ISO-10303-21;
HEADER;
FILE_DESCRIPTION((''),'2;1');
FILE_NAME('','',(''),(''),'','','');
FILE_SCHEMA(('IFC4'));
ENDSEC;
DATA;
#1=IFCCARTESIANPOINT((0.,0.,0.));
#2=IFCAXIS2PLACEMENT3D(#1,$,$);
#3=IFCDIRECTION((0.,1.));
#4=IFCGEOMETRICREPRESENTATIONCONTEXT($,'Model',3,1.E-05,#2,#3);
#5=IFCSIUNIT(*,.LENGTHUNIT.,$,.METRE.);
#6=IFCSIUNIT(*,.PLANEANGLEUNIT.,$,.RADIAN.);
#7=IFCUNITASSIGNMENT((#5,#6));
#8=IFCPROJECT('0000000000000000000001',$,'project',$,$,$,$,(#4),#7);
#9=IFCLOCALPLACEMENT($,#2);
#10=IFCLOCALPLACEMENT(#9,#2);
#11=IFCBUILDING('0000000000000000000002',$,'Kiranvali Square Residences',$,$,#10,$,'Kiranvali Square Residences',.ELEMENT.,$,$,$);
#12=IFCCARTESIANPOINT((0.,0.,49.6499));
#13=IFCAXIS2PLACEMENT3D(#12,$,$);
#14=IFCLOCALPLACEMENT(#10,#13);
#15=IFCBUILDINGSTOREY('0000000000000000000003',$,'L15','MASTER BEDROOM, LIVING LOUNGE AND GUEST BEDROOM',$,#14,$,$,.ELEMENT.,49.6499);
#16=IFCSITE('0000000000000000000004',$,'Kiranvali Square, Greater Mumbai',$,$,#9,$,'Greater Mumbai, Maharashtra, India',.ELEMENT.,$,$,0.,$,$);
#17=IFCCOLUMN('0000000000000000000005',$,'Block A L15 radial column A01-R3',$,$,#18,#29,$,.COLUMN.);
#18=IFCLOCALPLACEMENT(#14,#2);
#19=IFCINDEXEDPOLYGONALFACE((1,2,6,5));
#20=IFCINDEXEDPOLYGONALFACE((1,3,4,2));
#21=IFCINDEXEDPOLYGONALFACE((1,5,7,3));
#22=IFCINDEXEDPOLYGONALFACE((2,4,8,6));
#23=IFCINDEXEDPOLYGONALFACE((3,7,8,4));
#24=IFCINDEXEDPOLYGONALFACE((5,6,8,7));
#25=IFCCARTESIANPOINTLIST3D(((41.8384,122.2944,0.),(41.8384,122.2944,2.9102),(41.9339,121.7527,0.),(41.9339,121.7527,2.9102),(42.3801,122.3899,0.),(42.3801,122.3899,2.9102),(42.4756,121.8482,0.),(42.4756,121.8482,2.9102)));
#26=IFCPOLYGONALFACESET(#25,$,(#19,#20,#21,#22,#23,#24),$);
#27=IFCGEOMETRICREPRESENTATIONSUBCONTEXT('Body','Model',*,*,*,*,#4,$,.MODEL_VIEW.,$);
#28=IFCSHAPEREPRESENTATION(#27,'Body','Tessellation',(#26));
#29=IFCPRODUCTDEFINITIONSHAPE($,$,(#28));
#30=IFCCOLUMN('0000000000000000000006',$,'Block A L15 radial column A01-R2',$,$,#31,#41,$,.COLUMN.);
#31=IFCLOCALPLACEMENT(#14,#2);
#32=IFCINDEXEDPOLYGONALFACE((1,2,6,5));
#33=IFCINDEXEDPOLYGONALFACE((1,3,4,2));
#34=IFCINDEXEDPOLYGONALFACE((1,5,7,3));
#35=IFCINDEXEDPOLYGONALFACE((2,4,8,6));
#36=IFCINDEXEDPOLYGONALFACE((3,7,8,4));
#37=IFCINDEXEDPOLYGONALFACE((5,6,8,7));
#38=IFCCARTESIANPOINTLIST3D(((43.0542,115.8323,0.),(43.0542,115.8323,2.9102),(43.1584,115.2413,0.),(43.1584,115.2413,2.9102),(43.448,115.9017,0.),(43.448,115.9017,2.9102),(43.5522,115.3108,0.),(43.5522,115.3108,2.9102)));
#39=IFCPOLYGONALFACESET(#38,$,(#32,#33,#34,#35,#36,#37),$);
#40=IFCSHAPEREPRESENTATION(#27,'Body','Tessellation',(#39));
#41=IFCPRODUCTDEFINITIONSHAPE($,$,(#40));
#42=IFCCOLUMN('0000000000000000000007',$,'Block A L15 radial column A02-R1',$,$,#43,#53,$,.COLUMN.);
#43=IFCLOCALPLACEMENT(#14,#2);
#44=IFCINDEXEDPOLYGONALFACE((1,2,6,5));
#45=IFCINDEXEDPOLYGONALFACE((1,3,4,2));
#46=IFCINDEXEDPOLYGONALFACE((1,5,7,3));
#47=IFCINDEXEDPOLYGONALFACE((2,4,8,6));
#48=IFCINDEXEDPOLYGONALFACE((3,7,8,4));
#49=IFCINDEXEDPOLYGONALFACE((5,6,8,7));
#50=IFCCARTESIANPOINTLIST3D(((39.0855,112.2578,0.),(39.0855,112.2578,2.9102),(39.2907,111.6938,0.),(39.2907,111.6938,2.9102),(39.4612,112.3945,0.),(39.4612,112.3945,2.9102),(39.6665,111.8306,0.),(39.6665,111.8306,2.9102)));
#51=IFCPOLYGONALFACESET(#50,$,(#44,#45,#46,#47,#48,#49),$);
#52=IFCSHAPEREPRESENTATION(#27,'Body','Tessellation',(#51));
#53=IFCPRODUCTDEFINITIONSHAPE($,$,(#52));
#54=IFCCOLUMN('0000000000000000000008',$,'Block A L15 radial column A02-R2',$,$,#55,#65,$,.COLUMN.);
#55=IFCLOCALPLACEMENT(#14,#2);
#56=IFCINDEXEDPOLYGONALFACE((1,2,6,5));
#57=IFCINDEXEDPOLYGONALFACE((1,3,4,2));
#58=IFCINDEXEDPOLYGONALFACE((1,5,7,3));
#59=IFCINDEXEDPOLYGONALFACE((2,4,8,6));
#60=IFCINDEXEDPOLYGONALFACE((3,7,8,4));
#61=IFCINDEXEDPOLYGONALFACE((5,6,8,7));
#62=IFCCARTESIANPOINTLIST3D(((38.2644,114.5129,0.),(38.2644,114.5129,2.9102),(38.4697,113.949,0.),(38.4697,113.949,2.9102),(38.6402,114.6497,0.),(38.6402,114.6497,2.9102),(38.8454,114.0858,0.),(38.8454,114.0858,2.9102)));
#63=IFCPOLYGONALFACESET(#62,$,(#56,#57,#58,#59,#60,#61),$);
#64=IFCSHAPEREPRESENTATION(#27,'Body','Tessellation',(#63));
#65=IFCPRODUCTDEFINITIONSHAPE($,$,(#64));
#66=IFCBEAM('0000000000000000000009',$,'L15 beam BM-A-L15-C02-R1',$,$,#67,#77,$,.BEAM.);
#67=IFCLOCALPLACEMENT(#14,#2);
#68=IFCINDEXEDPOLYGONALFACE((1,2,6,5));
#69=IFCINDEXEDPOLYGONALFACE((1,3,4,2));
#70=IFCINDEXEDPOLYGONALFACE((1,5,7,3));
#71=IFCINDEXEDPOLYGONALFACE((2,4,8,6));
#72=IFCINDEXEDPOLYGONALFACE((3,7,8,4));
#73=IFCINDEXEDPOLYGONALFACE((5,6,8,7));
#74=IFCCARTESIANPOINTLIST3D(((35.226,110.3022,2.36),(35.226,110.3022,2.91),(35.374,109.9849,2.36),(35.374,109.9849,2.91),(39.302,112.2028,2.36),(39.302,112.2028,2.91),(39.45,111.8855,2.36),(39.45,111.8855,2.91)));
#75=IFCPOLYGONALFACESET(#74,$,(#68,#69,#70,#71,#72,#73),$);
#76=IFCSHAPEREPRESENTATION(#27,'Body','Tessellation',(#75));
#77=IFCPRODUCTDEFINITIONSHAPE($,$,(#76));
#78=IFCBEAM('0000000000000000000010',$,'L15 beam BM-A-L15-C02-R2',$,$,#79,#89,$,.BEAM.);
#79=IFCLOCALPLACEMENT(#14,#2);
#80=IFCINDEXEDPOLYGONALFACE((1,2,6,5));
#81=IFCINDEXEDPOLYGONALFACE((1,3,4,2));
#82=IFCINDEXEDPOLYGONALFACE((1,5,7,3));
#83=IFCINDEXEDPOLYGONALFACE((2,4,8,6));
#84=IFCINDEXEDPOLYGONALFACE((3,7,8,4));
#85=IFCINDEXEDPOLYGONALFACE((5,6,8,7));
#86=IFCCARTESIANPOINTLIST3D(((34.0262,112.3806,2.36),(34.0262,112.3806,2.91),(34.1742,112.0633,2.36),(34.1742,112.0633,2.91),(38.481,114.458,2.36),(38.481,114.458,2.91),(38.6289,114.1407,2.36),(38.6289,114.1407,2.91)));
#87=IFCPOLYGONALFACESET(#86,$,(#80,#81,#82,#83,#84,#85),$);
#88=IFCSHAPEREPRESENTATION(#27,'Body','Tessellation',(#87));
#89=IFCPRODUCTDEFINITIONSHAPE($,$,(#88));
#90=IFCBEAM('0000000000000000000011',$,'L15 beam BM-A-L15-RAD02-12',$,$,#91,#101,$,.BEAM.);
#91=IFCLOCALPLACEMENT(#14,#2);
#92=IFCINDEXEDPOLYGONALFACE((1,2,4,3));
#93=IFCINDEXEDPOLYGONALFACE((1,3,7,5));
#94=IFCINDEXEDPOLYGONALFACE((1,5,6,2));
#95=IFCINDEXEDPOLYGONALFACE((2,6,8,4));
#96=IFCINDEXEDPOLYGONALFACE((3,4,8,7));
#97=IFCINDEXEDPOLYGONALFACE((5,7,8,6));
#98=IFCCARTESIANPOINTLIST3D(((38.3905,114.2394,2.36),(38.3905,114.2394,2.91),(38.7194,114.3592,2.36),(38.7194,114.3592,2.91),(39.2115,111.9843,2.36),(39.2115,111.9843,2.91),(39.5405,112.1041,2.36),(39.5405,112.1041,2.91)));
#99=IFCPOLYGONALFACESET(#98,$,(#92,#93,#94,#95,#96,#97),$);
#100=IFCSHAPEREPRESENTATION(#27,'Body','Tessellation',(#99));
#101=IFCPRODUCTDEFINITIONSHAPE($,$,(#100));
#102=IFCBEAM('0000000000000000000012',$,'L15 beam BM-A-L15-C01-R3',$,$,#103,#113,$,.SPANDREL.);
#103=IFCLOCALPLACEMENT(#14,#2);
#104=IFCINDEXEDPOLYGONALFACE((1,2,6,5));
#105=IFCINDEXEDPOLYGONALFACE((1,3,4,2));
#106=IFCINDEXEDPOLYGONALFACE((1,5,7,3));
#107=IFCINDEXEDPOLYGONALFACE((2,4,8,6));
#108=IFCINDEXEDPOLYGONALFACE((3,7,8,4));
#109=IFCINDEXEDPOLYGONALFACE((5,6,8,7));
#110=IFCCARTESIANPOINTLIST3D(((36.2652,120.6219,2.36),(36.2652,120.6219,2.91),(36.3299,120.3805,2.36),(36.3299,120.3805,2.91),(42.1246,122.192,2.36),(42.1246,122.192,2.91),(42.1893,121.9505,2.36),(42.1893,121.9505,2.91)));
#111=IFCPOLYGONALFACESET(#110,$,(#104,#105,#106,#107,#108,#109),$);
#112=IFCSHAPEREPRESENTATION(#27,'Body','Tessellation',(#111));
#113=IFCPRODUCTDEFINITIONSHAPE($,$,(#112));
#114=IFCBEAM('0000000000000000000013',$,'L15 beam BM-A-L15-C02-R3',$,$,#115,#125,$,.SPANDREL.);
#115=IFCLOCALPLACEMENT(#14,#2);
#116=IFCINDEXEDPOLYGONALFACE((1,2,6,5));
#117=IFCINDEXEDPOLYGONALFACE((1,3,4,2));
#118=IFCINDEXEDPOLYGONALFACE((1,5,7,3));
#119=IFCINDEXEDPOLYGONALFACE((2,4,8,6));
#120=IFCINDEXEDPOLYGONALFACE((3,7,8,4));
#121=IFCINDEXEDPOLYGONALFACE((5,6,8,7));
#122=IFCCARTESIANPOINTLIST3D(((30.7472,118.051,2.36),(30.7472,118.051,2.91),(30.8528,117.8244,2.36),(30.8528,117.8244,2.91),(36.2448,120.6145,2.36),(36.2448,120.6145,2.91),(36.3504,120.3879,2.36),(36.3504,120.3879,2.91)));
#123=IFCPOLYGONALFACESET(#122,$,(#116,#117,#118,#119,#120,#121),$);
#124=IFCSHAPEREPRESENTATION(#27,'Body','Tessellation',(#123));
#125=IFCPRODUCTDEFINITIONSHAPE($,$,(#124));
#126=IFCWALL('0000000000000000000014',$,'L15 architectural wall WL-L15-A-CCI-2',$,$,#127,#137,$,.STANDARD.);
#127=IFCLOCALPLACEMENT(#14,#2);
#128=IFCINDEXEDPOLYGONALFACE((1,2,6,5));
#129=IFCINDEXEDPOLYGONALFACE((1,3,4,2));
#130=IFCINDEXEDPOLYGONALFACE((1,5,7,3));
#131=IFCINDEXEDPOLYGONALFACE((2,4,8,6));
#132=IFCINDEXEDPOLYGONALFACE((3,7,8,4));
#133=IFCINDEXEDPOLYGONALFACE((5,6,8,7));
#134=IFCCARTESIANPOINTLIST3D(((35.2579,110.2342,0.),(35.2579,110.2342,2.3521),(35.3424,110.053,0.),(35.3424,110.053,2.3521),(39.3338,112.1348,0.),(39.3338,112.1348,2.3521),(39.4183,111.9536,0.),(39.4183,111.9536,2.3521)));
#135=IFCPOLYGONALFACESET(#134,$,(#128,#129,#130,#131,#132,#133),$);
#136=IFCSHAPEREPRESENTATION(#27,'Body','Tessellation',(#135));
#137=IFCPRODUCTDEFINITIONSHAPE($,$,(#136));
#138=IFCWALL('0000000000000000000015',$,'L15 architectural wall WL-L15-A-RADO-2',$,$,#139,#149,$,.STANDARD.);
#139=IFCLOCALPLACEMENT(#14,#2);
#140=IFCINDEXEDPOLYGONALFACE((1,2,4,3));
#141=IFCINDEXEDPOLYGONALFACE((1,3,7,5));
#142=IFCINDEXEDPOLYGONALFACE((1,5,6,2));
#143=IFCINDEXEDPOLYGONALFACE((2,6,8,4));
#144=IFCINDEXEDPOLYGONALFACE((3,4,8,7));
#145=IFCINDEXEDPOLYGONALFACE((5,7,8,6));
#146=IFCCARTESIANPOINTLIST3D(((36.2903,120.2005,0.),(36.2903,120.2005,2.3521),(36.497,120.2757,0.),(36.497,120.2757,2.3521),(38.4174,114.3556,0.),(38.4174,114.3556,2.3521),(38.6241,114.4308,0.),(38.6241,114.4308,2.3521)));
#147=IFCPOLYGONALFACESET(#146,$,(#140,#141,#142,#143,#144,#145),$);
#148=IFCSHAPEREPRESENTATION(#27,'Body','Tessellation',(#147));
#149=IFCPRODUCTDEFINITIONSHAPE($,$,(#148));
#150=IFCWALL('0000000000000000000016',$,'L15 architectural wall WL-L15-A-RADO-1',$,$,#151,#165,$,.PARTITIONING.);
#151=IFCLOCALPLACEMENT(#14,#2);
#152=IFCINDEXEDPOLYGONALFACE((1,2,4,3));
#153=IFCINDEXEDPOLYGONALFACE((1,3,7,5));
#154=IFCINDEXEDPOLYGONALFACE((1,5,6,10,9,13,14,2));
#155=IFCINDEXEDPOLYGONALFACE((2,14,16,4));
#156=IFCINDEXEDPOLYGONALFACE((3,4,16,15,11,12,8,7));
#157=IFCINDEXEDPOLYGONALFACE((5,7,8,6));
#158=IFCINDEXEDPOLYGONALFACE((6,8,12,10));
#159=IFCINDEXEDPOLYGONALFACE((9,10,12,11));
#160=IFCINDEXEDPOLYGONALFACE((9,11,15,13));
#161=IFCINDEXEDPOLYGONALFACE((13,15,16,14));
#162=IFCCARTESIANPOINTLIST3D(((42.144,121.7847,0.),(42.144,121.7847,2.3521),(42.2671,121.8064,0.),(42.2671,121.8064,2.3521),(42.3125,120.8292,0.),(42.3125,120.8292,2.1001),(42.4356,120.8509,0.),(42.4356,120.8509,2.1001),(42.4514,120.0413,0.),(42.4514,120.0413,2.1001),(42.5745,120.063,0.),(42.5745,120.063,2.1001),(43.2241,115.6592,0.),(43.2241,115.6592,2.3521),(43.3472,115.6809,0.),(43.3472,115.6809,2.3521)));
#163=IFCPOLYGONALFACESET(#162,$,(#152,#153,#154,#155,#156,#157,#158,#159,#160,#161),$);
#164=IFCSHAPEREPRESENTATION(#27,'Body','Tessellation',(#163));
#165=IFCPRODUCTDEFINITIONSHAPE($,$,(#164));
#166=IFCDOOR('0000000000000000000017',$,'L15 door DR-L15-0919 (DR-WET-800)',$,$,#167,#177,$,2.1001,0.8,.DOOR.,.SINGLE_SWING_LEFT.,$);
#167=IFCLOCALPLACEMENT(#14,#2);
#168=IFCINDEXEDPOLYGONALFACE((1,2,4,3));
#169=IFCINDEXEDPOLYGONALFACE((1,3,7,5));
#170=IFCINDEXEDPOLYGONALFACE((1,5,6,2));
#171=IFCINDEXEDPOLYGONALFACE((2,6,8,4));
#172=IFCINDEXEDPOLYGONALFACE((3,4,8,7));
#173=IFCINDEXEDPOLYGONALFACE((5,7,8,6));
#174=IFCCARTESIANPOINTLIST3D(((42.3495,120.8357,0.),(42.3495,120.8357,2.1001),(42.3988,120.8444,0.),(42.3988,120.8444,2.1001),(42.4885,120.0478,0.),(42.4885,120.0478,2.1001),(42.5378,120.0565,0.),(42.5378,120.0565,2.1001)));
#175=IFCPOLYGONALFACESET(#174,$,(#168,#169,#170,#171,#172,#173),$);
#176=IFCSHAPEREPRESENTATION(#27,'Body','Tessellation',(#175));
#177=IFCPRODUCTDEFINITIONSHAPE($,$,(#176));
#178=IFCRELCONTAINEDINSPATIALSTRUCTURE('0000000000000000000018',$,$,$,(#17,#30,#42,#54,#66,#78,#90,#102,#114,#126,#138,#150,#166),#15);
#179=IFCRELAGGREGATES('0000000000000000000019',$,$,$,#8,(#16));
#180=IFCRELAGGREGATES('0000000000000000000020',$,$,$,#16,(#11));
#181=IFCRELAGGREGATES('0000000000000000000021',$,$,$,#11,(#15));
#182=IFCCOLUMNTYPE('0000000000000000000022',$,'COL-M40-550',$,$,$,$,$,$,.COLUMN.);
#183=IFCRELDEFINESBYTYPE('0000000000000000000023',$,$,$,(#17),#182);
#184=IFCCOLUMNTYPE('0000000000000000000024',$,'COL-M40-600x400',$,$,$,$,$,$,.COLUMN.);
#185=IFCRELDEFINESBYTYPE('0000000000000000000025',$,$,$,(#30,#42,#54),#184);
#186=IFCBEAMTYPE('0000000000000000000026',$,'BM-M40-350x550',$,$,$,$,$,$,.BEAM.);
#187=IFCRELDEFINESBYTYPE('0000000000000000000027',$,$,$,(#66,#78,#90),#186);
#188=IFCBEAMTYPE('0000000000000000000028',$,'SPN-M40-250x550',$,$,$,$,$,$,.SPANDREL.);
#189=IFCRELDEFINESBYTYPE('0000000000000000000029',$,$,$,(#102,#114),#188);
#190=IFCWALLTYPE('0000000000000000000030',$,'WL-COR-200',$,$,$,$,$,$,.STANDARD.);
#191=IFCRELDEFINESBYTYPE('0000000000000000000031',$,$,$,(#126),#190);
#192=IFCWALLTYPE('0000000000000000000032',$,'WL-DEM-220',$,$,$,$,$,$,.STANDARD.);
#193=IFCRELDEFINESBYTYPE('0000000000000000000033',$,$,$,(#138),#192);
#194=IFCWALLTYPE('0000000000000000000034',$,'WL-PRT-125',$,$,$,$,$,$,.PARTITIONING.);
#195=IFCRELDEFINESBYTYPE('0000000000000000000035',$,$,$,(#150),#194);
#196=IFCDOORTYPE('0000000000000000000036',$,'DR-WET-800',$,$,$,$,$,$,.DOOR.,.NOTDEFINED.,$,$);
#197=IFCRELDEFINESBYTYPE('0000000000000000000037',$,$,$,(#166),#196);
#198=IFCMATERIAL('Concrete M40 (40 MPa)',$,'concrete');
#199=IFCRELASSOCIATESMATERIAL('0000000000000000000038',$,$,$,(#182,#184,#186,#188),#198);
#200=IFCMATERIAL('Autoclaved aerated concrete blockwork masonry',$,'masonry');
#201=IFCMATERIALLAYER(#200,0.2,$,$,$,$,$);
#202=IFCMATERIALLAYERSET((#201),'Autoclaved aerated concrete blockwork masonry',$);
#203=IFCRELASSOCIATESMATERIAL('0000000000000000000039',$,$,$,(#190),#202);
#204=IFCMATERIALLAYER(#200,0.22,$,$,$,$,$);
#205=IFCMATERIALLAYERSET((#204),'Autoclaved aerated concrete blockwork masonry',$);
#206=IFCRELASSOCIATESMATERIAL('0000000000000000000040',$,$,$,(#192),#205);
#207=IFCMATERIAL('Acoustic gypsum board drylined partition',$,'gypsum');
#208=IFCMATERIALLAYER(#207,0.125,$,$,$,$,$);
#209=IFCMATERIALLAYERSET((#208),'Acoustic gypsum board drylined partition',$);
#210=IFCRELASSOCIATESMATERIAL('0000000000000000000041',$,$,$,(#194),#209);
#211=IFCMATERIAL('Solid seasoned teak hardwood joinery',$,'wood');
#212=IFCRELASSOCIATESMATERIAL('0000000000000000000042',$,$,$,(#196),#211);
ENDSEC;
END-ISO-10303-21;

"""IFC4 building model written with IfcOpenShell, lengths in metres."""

from ifc_helpers import new_model, si_unit, direction, frame, frame_2d, origin, origin_2d, place, context, subcontext, project, spatial, rectangle, extrude, material, layer, layer_set, material_profile, profile_set, type_object, element, fill, save


model = new_model("IFC4")

# Units and contexts
model_context = context("Model", 3, precision=1e-05, world=origin(), true_north=direction((0.0, 1.0)))
body_context = subcontext(model_context, "Body", "Model", "MODEL_VIEW")
ifc_project = project(units=[si_unit("LENGTHUNIT", "METRE"), si_unit("PLANEANGLEUNIT", "RADIAN")], contexts=[model_context])

# Site, building, storey
site_placement = place(None, origin())
site = spatial("IfcSite", under=ifc_project, at=site_placement, Name="Kiranvali Square, Greater Mumbai", LongName="Greater Mumbai, Maharashtra, India", CompositionType="ELEMENT", RefElevation=0.0)
building_placement = place(site_placement, origin())
building = spatial("IfcBuilding", under=site, at=building_placement, Name="Kiranvali Square Residences", LongName="Kiranvali Square Residences", CompositionType="ELEMENT")
storey_placement = place(building_placement, frame((0.0, 0.0, 49.6499)))
storey = spatial("IfcBuildingStorey", under=building, at=storey_placement, Name="L15", Description="MASTER BEDROOM, LIVING LOUNGE AND GUEST BEDROOM", CompositionType="ELEMENT", Elevation=49.6499)

# Columns
ifc_material_1 = material(Name="Concrete M40 (40 MPa)", Category="concrete")
ifc_material_profile_1 = material_profile(ifc_material_1, rectangle(XDim=0.55, YDim=0.55, at=origin_2d()), Name="RC 550x550")
ifc_profile_set_1 = profile_set([ifc_material_profile_1], Name="Concrete M40 (40 MPa)")
column_type_1 = type_object("IfcColumnType", Name="COL-M40-550", PredefinedType="COLUMN", material=ifc_profile_set_1)
column_placement = place(storey_placement, frame((42.157, 122.0713, 0.0), z_axis=(0.0, 0.0, 1.0), x_axis=(0.984808, 0.173648, 0.0)))
element("IfcColumn", 1, at=column_placement, inside=storey, type_object=column_type_1, Name="Block A L15 radial column A01-R3", PredefinedType="COLUMN", context=body_context, shape_type="SweptSolid", body=[
    extrude(rectangle(XDim=0.55, YDim=0.55, at=origin_2d()), origin(), (0.0, 0.0, 1.0), 2.9102),
])
ifc_material_profile_2 = material_profile(ifc_material_1, rectangle(XDim=0.3999, YDim=0.6001, at=origin_2d()), Name="RC 600x400")
ifc_profile_set_2 = profile_set([ifc_material_profile_2], Name="Concrete M40 (40 MPa)")
column_type_2 = type_object("IfcColumnType", Name="COL-M40-600x400", PredefinedType="COLUMN", material=ifc_profile_set_2)
for number, where, z_axis, x_axis, name in (
    (2, (43.3032, 115.5715, 0.0), (0.0, 0.0, 1.0), (0.984808, 0.173648, 0.0), "Block A L15 radial column A01-R2"),
    (3, (39.376, 112.0442, 0.0), (0.0, 0.0, 1.0), (0.939693, 0.34202, 0.0), "Block A L15 radial column A02-R1"),
    (4, (38.5549, 114.2993, 0.0), (0.0, 0.0, 1.0), (0.939693, 0.34202, 0.0), "Block A L15 radial column A02-R2"),
):
    element("IfcColumn", number, at=place(storey_placement, frame(where, z_axis=z_axis, x_axis=x_axis)), inside=storey, type_object=column_type_2, Name=name, PredefinedType="COLUMN", context=body_context, shape_type="SweptSolid", body=[
        extrude(rectangle(XDim=0.3999, YDim=0.6001, at=origin_2d()), origin(), (0.0, 0.0, 1.0), 2.9102),
    ])

# Beams
ifc_material_profile_3 = material_profile(ifc_material_1, rectangle(XDim=0.3501, YDim=0.55, at=origin_2d()), Name="RC 350x550")
ifc_profile_set_3 = profile_set([ifc_material_profile_3], Name="Concrete M40 (40 MPa)")
beam_type_1 = type_object("IfcBeamType", Name="BM-M40-350x550", PredefinedType="BEAM", material=ifc_profile_set_3)
beam_1_placement = place(storey_placement, frame((39.376, 112.0442, 2.635), z_axis=(-0.906308, -0.422618, 0.0), x_axis=(0.422618, -0.906308, 0.0)))
element("IfcBeam", 5, at=beam_1_placement, inside=storey, type_object=beam_type_1, Name="L15 beam BM-A-L15-C02-R1", PredefinedType="BEAM", context=body_context, shape_type="SweptSolid", body=[
    extrude(rectangle(XDim=0.3501, YDim=0.55, at=origin_2d()), origin(), (0.0, 0.0, 1.0), 4.4973),
])
beam_2_placement = place(storey_placement, frame((38.5549, 114.2993, 2.635), z_axis=(-0.906302, -0.42263, 0.0), x_axis=(0.42263, -0.906302, 0.0)))
element("IfcBeam", 6, at=beam_2_placement, inside=storey, type_object=beam_type_1, Name="L15 beam BM-A-L15-C02-R2", PredefinedType="BEAM", context=body_context, shape_type="SweptSolid", body=[
    extrude(rectangle(XDim=0.3501, YDim=0.55, at=origin_2d()), origin(), (0.0, 0.0, 1.0), 4.9153),
])
beam_3_placement = place(storey_placement, frame((39.376, 112.0442, 2.635), z_axis=(-0.342111, 0.93966, 0.0), x_axis=(-0.93966, -0.342111, 0.0)))
element("IfcBeam", 7, at=beam_3_placement, inside=storey, type_object=beam_type_1, Name="L15 beam BM-A-L15-RAD02-12", PredefinedType="BEAM", context=body_context, shape_type="SweptSolid", body=[
    extrude(rectangle(XDim=0.3501, YDim=0.55, at=origin_2d()), origin(), (0.0, 0.0, 1.0), 2.3999),
])
ifc_material_profile_4 = material_profile(ifc_material_1, rectangle(XDim=0.25, YDim=0.55, at=origin_2d()), Name="RC 250x550")
ifc_profile_set_4 = profile_set([ifc_material_profile_4], Name="Concrete M40 (40 MPa)")
beam_type_2 = type_object("IfcBeamType", Name="SPN-M40-250x550", PredefinedType="SPANDREL", material=ifc_profile_set_4)
beam_4_placement = place(storey_placement, frame((42.157, 122.0713, 2.635), z_axis=(-0.965924, -0.258827, 0.0), x_axis=(0.258827, -0.965924, 0.0)))
element("IfcBeam", 8, at=beam_4_placement, inside=storey, type_object=beam_type_2, Name="L15 beam BM-A-L15-C01-R3", PredefinedType="SPANDREL", context=body_context, shape_type="SweptSolid", body=[
    extrude(rectangle(XDim=0.25, YDim=0.55, at=origin_2d()), origin(), (0.0, 0.0, 1.0), 6.0662),
])
beam_5_placement = place(storey_placement, frame((36.2976, 120.5012, 2.635), z_axis=(-0.906313, -0.422608, 0.0), x_axis=(0.422608, -0.906313, 0.0)))
element("IfcBeam", 9, at=beam_5_placement, inside=storey, type_object=beam_type_2, Name="L15 beam BM-A-L15-C02-R3", PredefinedType="SPANDREL", context=body_context, shape_type="SweptSolid", body=[
    extrude(rectangle(XDim=0.25, YDim=0.55, at=origin_2d()), origin(), (0.0, 0.0, 1.0), 6.0659),
])

# Wall
ifc_material_2 = material(Name="Autoclaved aerated concrete blockwork masonry", Category="masonry")
ifc_layer_1 = layer(ifc_material_2, 0.2)
ifc_layer_set_1 = layer_set([ifc_layer_1], Name="Autoclaved aerated concrete blockwork masonry")
wall_type_1 = type_object("IfcWallType", Name="WL-COR-200", PredefinedType="STANDARD", material=ifc_layer_set_1)
wall_1_placement = place(storey_placement, frame((39.376, 112.0442, 0.0), z_axis=(0.0, 0.0, 1.0), x_axis=(-0.906308, -0.422618, 0.0)))
element("IfcWall", 10, at=wall_1_placement, inside=storey, type_object=wall_type_1, Name="L15 architectural wall WL-L15-A-CCI-2", PredefinedType="STANDARD", context=body_context, shape_type="SweptSolid", body=[
    extrude(rectangle(XDim=4.4973, YDim=0.2, at=frame_2d((2.2485, 0.0))), origin(), (0.0, 0.0, 1.0), 2.3521),
])

# Wall
ifc_layer_2 = layer(ifc_material_2, 0.22)
ifc_layer_set_2 = layer_set([ifc_layer_2], Name="Autoclaved aerated concrete blockwork masonry")
wall_type_2 = type_object("IfcWallType", Name="WL-DEM-220", PredefinedType="STANDARD", material=ifc_layer_set_2)
wall_2_placement = place(storey_placement, frame((38.5208, 114.3933, 0.0), z_axis=(0.0, 0.0, 1.0), x_axis=(-0.341992, 0.939703, 0.0)))
element("IfcWall", 11, at=wall_2_placement, inside=storey, type_object=wall_type_2, Name="L15 architectural wall WL-L15-A-RADO-2", PredefinedType="STANDARD", context=body_context, shape_type="SweptSolid", body=[
    extrude(rectangle(XDim=6.22, YDim=0.22, at=frame_2d((3.1099, 0.0))), origin(), (0.0, 0.0, 1.0), 2.3521),
])

# Wall, opening, door
ifc_material_3 = material(Name="Acoustic gypsum board drylined partition", Category="gypsum")
ifc_layer_3 = layer(ifc_material_3, 0.125)
ifc_layer_set_3 = layer_set([ifc_layer_3], Name="Acoustic gypsum board drylined partition")
wall_type_3 = type_object("IfcWallType", Name="WL-PRT-125", PredefinedType="PARTITIONING", material=ifc_layer_set_3)
wall_3_placement = place(storey_placement, frame((43.2856, 115.6702, 0.0), z_axis=(0.0, 0.0, 1.0), x_axis=(-0.173647, 0.984808, 0.0)))
wall_3 = element("IfcWall", 12, at=wall_3_placement, inside=storey, type_object=wall_type_3, Name="L15 architectural wall WL-L15-A-RADO-1", PredefinedType="PARTITIONING", context=body_context, shape_type="SweptSolid", body=[
    extrude(rectangle(XDim=6.22, YDim=0.125, at=frame_2d((3.1099, 0.0))), origin(), (0.0, 0.0, 1.0), 2.3521),
])
opening_1_placement = place(wall_3_placement, frame((4.4497, 0.0, 0.0)))
opening_1 = element("IfcOpeningElement", 13, at=opening_1_placement, cuts=wall_3, PredefinedType="OPENING", context=body_context, shape_type="SweptSolid", body=[
    extrude(rectangle(XDim=0.8, YDim=2.1001, at=frame_2d((0.3999, 1.05))), frame((0.0, 0.0725, 0.0), z_axis=(0.0, -1.0, 0.0), x_axis=(1.0, 0.0, 0.0)), (0.0, 0.0, 1.0), 0.145),
])
ifc_material_4 = material(Name="Solid seasoned teak hardwood joinery", Category="wood")
door_type_1 = type_object("IfcDoorType", Name="DR-WET-800", OperationType="NOTDEFINED", PredefinedType="DOOR", material=ifc_material_4)
door_1_placement = place(opening_1_placement, origin())
door_1 = element("IfcDoor", 14, at=door_1_placement, inside=storey, type_object=door_type_1, Name="L15 door DR-L15-0919 (DR-WET-800)", OperationType="SINGLE_SWING_LEFT", OverallHeight=2.1001, OverallWidth=0.8, PredefinedType="DOOR", context=body_context, shape_type="SweptSolid", body=[
    extrude(rectangle(XDim=0.8, YDim=2.1001, at=frame_2d((0.3999, 1.05))), frame((0.0, 0.0249, 0.0), z_axis=(0.0, -1.0, 0.0), x_axis=(1.0, 0.0, 0.0)), (0.0, 0.0, 1.0), 0.05),
])
fill(opening_1, door_1)

save(model, "model.ifc")
